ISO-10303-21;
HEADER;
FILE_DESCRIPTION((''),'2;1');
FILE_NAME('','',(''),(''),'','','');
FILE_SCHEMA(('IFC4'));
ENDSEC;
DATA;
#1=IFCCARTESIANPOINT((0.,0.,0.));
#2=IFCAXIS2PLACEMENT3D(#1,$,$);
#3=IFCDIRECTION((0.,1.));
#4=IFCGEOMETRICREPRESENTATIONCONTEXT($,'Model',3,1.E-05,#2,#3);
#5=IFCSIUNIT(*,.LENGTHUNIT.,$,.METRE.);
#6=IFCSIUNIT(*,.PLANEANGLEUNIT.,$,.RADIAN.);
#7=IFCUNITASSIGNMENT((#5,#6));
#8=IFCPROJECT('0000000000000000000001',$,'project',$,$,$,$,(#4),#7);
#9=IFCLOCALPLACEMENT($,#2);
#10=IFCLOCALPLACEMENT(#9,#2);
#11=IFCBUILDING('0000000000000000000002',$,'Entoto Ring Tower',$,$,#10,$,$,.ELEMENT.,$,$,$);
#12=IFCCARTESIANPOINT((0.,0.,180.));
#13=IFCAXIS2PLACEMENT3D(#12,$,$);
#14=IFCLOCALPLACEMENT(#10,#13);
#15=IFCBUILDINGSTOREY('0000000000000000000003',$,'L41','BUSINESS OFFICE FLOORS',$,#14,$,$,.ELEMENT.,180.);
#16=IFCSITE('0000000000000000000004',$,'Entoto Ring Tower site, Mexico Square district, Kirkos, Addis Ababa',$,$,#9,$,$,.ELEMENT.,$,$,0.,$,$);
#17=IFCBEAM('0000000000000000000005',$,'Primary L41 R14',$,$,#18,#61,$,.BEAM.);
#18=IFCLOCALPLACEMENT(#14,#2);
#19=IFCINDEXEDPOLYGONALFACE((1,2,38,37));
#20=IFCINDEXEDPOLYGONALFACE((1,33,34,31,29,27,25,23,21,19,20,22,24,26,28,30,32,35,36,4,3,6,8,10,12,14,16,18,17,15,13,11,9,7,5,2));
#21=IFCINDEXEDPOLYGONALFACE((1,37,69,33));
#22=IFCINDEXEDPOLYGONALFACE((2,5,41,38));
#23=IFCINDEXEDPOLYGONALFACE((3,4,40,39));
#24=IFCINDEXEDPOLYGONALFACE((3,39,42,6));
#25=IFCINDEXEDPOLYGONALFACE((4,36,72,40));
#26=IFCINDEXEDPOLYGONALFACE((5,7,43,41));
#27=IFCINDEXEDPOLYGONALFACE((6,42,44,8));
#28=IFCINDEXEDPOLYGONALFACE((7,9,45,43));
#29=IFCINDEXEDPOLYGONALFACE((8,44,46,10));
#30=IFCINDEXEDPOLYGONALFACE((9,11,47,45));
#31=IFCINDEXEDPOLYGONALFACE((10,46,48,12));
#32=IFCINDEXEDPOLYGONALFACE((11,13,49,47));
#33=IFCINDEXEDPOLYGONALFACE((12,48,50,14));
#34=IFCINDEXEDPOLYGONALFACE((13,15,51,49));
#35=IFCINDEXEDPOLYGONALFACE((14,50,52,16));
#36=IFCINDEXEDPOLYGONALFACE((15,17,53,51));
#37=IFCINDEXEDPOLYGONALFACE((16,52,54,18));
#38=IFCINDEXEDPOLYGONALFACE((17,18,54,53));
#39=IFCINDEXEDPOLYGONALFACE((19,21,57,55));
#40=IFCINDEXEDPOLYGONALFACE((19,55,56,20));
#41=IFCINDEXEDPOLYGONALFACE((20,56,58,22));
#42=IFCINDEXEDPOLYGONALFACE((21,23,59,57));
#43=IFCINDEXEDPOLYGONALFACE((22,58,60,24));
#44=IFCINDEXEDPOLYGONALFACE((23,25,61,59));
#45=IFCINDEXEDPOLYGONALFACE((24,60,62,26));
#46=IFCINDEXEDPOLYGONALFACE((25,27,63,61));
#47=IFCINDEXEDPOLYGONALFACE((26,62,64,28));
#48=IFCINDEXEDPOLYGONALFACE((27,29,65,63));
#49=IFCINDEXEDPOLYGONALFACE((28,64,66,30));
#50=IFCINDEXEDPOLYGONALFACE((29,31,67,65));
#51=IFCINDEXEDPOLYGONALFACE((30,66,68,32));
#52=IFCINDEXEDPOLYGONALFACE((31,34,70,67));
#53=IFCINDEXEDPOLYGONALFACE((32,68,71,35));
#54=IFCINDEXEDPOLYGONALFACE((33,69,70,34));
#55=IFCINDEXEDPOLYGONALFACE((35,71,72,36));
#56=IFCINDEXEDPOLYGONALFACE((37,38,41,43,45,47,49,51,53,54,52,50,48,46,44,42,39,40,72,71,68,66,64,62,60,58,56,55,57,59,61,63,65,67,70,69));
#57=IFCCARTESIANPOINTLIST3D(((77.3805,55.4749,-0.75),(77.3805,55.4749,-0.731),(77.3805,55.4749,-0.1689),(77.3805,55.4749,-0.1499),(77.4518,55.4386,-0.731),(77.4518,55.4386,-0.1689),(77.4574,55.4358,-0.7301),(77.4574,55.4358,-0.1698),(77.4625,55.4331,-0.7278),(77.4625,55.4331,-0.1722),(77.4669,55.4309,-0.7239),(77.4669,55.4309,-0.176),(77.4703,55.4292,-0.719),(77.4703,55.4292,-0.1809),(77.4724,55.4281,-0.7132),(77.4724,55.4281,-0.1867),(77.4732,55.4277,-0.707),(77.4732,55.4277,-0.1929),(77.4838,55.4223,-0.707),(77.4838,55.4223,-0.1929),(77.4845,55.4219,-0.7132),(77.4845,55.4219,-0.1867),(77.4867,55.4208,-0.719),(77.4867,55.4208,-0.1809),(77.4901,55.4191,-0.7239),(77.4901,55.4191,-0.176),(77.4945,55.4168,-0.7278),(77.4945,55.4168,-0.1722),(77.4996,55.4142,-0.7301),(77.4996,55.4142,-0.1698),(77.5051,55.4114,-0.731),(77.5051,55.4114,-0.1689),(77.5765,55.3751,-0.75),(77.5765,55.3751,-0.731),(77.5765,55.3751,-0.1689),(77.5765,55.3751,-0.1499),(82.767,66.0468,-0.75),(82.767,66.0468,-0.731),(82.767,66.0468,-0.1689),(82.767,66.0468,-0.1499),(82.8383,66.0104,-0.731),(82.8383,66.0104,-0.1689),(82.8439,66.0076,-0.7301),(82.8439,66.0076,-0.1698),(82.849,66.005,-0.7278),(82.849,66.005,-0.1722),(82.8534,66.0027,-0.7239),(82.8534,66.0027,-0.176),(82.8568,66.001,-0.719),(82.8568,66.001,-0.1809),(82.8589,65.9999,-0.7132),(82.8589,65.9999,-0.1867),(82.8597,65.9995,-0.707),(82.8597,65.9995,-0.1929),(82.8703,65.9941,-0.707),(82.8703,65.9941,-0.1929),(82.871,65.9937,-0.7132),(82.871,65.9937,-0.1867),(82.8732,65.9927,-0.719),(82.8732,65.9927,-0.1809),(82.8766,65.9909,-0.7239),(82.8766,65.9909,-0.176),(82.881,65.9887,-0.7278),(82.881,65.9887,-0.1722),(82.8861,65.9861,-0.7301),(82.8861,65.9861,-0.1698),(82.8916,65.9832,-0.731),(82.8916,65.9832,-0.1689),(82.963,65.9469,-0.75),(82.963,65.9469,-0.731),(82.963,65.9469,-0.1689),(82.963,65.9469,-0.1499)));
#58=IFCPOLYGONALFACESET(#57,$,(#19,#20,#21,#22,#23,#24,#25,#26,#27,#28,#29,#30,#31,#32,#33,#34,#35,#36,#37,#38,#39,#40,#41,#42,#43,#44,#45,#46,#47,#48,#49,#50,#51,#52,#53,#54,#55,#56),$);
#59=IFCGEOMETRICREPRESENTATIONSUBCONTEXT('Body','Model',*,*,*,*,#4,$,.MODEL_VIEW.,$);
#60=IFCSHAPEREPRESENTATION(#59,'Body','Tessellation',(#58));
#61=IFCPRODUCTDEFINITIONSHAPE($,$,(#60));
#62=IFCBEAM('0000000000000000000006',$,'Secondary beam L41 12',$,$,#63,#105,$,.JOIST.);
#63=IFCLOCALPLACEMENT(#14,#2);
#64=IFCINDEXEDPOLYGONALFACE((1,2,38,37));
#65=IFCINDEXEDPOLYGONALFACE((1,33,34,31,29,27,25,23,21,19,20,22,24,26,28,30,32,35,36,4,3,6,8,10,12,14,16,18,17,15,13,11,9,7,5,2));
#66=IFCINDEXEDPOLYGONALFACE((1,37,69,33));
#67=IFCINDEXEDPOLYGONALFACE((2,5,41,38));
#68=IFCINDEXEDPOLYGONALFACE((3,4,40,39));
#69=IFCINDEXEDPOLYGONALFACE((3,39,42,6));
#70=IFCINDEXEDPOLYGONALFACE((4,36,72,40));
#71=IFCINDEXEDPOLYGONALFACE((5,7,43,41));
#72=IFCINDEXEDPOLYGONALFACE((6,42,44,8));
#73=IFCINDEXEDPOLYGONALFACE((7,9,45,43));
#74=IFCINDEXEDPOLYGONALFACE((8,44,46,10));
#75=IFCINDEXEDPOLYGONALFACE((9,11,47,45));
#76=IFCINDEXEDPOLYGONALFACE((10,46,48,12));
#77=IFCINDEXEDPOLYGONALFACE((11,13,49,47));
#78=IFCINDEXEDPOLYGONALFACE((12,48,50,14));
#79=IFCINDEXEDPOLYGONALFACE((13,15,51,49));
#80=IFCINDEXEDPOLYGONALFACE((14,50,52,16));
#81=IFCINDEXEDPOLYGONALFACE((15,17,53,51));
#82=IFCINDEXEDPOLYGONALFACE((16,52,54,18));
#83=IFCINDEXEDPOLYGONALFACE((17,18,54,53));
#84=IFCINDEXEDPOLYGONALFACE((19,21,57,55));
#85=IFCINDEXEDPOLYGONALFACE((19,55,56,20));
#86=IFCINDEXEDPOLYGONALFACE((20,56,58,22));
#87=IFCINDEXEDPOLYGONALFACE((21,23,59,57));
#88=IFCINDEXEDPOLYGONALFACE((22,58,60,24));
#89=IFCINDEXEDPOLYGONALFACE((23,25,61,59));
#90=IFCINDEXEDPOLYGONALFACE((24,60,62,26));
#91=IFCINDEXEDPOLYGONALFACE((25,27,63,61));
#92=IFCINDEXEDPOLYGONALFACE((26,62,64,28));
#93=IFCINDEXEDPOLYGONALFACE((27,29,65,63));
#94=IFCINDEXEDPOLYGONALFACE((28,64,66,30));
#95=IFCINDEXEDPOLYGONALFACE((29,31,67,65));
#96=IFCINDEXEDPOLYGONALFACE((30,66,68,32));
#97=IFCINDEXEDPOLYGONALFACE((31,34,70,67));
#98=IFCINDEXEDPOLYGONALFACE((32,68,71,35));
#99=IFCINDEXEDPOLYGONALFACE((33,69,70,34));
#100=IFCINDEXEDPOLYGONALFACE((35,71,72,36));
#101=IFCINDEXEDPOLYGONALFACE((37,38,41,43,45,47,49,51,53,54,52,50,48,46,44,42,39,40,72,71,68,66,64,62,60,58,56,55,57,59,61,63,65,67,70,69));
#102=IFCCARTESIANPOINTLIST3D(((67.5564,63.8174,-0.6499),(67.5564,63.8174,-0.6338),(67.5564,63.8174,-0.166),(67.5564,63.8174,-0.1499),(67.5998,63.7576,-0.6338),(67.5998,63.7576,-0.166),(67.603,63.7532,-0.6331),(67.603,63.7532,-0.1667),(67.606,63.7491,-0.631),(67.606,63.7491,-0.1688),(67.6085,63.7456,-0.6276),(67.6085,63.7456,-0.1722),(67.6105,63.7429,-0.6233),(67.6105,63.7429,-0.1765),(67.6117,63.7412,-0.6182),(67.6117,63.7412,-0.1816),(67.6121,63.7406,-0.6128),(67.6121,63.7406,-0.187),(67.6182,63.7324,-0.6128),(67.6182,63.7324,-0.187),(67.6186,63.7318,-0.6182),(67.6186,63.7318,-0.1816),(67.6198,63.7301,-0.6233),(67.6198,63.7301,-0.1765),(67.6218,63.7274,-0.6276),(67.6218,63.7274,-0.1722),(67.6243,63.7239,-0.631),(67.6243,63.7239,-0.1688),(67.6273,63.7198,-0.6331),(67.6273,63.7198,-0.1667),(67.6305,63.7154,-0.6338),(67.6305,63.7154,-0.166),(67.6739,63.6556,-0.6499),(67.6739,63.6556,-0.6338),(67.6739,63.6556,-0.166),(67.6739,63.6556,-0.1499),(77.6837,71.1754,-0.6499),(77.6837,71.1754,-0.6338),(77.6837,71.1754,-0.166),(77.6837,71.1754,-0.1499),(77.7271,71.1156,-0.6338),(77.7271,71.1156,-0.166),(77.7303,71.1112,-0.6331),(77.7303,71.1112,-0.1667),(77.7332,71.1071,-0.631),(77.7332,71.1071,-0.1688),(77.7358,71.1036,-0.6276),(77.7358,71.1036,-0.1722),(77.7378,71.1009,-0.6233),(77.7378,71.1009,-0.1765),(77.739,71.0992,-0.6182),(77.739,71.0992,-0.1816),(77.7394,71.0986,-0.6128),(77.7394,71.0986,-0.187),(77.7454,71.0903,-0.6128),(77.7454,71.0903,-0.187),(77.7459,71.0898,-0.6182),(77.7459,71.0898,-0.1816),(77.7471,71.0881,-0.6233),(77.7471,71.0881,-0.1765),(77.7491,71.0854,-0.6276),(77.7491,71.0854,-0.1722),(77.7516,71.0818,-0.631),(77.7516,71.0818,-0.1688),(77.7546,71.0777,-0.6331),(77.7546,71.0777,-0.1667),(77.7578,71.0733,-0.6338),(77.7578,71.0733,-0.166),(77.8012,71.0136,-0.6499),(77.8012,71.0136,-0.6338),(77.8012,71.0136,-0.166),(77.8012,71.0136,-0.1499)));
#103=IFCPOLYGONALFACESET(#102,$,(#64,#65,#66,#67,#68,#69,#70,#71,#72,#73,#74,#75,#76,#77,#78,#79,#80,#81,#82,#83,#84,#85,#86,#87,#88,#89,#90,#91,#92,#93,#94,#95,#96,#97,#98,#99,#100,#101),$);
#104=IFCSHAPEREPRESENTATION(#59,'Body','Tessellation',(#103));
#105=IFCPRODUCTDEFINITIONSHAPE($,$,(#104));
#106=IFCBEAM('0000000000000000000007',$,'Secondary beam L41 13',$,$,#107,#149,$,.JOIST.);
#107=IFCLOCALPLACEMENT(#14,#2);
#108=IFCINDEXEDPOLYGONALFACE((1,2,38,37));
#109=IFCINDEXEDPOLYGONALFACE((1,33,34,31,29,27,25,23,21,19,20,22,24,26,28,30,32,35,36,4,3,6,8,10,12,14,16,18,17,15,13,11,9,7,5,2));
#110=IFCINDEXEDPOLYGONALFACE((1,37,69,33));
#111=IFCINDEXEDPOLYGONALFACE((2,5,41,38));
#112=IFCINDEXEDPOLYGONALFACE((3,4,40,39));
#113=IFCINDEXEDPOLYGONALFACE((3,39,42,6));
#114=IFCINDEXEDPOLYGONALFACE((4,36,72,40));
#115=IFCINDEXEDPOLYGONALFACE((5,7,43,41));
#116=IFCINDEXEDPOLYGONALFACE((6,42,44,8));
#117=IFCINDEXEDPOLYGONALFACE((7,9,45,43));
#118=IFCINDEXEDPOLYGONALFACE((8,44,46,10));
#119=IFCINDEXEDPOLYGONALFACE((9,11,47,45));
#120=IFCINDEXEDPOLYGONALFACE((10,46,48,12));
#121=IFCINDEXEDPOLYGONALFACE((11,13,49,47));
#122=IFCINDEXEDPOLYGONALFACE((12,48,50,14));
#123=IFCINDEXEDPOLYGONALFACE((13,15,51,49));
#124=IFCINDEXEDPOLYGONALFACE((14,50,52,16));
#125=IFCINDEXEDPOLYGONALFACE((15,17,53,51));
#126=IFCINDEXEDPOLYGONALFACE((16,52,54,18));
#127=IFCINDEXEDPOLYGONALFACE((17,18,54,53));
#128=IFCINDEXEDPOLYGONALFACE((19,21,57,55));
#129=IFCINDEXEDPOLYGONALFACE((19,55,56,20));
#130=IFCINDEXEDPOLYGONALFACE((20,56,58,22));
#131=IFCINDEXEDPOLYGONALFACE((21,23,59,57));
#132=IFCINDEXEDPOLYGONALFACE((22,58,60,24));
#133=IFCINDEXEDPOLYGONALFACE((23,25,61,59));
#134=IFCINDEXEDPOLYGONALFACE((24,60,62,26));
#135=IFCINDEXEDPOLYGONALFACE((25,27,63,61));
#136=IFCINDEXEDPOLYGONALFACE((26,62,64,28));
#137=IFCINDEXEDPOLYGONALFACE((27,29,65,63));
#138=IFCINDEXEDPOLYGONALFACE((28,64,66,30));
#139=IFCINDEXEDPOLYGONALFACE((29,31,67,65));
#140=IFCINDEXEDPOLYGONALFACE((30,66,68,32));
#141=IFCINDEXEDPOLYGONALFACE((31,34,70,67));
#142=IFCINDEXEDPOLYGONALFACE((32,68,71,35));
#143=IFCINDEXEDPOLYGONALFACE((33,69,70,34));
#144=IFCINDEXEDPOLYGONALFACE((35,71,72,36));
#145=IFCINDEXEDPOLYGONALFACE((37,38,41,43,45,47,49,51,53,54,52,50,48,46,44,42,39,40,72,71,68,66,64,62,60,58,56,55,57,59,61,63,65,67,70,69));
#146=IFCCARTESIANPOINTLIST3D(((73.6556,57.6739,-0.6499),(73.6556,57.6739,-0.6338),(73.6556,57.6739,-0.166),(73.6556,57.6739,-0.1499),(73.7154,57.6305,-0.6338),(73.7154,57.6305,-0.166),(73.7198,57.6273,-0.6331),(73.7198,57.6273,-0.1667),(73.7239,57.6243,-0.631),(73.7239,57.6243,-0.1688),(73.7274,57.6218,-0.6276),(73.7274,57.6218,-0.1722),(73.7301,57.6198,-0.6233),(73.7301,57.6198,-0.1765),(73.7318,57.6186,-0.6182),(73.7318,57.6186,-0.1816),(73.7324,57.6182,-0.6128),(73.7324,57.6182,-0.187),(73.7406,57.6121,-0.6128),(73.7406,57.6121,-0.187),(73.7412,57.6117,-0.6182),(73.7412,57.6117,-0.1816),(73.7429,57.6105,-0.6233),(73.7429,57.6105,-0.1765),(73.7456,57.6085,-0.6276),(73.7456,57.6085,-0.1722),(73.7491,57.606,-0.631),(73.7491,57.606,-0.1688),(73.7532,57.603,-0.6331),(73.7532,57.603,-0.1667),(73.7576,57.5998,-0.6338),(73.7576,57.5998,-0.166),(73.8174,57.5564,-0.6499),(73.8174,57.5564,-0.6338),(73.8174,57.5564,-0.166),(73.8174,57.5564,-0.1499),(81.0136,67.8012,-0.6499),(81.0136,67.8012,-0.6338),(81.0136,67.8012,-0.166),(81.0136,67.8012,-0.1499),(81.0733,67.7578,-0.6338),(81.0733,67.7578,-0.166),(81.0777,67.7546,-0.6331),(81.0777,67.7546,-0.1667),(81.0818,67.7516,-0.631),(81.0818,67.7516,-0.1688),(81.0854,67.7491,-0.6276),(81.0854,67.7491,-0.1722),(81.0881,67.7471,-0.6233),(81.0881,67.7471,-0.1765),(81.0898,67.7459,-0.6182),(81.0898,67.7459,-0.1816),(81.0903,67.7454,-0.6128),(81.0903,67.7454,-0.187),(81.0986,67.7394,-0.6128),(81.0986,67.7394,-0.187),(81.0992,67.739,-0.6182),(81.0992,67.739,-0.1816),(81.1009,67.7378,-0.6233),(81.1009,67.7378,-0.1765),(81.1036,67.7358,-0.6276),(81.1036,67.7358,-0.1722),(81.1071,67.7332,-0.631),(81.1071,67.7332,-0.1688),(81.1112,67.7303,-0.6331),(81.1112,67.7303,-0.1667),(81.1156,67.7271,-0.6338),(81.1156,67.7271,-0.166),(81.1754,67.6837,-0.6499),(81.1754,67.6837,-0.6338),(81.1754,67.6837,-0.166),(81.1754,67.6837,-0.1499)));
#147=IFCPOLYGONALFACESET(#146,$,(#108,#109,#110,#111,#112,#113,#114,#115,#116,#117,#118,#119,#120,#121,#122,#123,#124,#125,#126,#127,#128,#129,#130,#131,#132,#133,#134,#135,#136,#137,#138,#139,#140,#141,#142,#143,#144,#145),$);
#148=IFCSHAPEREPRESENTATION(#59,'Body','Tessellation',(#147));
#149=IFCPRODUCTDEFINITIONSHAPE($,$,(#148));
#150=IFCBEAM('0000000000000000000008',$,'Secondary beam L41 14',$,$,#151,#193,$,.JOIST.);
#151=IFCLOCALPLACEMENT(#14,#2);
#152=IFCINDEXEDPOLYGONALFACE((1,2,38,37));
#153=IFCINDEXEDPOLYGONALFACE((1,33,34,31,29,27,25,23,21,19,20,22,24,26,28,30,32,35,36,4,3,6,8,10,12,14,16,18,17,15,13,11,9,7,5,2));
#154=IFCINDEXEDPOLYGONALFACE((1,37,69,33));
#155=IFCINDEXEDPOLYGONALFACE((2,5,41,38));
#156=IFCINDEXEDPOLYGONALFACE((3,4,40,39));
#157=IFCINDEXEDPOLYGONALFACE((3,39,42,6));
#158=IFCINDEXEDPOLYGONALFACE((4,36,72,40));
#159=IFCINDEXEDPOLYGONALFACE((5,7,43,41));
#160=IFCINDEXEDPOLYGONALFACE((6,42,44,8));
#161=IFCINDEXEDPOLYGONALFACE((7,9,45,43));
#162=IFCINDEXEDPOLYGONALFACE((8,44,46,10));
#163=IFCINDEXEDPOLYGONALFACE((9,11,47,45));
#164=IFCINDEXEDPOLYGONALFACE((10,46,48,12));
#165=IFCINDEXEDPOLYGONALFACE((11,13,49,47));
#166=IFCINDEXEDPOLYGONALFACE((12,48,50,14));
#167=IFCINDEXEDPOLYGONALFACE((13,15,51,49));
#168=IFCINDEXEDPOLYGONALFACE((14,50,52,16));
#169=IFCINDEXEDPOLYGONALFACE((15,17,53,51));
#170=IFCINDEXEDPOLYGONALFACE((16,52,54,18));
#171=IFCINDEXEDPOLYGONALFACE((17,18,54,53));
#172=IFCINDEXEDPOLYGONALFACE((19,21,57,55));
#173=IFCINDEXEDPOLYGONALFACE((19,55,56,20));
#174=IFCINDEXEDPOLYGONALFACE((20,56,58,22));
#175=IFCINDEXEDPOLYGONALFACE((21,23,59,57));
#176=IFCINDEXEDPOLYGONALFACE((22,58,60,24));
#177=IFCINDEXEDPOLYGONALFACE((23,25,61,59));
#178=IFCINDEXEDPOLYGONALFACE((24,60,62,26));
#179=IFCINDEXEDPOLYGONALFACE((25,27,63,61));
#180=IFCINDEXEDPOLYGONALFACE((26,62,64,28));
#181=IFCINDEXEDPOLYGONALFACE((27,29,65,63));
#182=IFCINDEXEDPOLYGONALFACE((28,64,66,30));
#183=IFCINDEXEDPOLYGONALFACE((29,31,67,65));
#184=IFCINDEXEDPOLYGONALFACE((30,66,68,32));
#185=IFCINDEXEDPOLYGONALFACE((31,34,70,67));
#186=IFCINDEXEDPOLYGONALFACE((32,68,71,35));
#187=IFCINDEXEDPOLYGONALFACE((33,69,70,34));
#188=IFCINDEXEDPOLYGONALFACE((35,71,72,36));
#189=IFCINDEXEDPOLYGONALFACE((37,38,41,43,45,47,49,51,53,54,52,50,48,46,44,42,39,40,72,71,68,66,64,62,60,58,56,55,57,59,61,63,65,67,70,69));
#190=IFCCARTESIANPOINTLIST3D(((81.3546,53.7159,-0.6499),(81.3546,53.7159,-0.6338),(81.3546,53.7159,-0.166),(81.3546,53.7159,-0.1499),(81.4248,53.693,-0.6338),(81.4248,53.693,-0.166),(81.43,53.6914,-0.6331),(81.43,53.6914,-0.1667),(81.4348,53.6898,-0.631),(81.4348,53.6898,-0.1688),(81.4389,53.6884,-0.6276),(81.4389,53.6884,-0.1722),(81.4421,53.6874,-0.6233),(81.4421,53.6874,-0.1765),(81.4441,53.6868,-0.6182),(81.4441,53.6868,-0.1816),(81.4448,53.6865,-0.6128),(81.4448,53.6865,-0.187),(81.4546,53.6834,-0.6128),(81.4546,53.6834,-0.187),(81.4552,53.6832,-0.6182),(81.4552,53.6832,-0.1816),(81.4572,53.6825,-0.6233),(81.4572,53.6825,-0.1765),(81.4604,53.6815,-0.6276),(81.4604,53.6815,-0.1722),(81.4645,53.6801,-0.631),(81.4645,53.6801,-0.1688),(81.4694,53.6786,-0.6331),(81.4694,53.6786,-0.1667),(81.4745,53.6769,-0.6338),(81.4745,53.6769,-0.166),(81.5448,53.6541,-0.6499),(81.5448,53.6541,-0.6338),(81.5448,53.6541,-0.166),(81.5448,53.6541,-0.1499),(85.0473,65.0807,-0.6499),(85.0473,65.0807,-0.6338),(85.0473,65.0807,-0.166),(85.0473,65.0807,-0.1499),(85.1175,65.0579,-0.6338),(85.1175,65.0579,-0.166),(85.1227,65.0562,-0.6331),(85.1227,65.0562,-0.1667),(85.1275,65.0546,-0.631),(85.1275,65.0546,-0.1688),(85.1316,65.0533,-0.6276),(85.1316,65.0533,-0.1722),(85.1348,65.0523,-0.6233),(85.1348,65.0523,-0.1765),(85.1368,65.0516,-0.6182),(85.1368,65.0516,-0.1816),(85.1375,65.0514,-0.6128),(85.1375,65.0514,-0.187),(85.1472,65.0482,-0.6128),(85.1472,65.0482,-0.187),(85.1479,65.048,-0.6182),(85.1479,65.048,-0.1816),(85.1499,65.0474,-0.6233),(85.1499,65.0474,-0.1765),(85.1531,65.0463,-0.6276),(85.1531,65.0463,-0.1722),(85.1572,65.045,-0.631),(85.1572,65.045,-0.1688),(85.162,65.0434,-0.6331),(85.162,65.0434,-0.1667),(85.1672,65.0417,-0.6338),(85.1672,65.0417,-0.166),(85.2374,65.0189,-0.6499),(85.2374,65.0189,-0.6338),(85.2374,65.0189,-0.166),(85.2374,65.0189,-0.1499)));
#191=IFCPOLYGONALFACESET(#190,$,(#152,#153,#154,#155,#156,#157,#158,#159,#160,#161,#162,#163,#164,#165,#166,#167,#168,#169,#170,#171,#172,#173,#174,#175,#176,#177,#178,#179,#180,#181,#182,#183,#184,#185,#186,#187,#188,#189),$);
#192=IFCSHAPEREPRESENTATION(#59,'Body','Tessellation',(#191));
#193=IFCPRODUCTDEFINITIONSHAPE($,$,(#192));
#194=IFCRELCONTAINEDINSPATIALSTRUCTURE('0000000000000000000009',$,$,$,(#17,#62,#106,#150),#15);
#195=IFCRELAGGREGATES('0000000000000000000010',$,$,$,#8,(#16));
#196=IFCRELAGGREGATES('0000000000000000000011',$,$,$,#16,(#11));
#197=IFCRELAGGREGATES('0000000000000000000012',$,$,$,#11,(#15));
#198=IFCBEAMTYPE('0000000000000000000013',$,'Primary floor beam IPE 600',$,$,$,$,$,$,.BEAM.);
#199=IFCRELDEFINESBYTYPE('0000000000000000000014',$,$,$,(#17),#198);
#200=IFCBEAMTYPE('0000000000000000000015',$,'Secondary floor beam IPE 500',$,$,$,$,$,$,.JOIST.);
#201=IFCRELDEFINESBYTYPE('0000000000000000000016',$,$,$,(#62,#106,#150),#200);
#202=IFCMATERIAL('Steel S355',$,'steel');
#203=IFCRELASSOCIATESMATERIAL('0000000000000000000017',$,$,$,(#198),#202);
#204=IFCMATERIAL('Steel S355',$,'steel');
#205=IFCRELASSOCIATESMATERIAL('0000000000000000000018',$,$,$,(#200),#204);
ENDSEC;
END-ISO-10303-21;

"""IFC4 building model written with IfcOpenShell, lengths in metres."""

from ifc_helpers import new_model, si_unit, direction, frame, origin, origin_2d, place, context, subcontext, project, spatial, i_section, extrude, material, material_profile, profile_set, type_object, element, save


model = new_model("IFC4")

# Units and contexts
model_context = context("Model", 3, precision=1e-05, world=origin(), true_north=direction((0.0, 1.0)))
body_context = subcontext(model_context, "Body", "Model", "MODEL_VIEW")
ifc_project = project(units=[si_unit("LENGTHUNIT", "METRE"), si_unit("PLANEANGLEUNIT", "RADIAN")], contexts=[model_context])

# Site, building, storey
site_placement = place(None, origin())
site = spatial("IfcSite", under=ifc_project, at=site_placement, Name="Entoto Ring Tower site, Mexico Square district, Kirkos, Addis Ababa", CompositionType="ELEMENT", RefElevation=0.0)
building_placement = place(site_placement, origin())
building = spatial("IfcBuilding", under=site, at=building_placement, Name="Entoto Ring Tower", CompositionType="ELEMENT")
storey_placement = place(building_placement, frame((0.0, 0.0, 180.0)))
storey = spatial("IfcBuildingStorey", under=building, at=storey_placement, Name="L41", Description="BUSINESS OFFICE FLOORS", CompositionType="ELEMENT", Elevation=180.0)

# Beams
ifc_material_1 = material(Name="Steel S355", Category="steel")
ifc_material_profile_1 = material_profile(ifc_material_1, i_section(OverallWidth=0.22, OverallDepth=0.6001, WebThickness=0.012, FlangeThickness=0.019, FilletRadius=0.0239, at=origin_2d()), Name="IPE 600")
ifc_profile_set_1 = profile_set([ifc_material_profile_1], Name="Steel S355")
beam_type_1 = type_object("IfcBeamType", Name="Primary floor beam IPE 600", PredefinedType="BEAM", material=ifc_profile_set_1)
beam_1_placement = place(storey_placement, frame((82.865, 65.9968, -0.45), z_axis=(-0.453983, -0.89101, 0.0), x_axis=(0.89101, -0.453983, 0.0)))
element("IfcBeam", 1, at=beam_1_placement, inside=storey, type_object=beam_type_1, Name="Primary L41 R14", PredefinedType="BEAM", context=body_context, shape_type="SweptSolid", body=[
    extrude(i_section(OverallWidth=0.22, OverallDepth=0.6001, WebThickness=0.012, FlangeThickness=0.019, FilletRadius=0.0239, at=origin_2d()), origin(), (0.0, 0.0, 1.0), 11.865),
])
ifc_material_2 = material(Name="Steel S355", Category="steel")
ifc_material_profile_2 = material_profile(ifc_material_2, i_section(OverallWidth=0.2, OverallDepth=0.5, WebThickness=0.0103, FlangeThickness=0.0161, FilletRadius=0.021, at=origin_2d()), Name="IPE 500")
ifc_profile_set_2 = profile_set([ifc_material_profile_2], Name="Steel S355")
beam_type_2 = type_object("IfcBeamType", Name="Secondary floor beam IPE 500", PredefinedType="JOIST", material=ifc_profile_set_2)
for number, where, z_axis, x_axis, name in (
    (2, (77.7424, 71.0945, -0.3999), (-0.809014, -0.587789, 0.0), (0.587789, -0.809014, 0.0), "Secondary beam L41 12"),
    (3, (81.0945, 67.7424, -0.3999), (-0.587789, -0.809014, 0.0), (0.809014, -0.587789, 0.0), "Secondary beam L41 13"),
):
    element("IfcBeam", number, at=place(storey_placement, frame(where, z_axis=z_axis, x_axis=x_axis)), inside=storey, type_object=beam_type_2, Name=name, PredefinedType="JOIST", context=body_context, shape_type="SweptSolid", body=[
        extrude(i_section(OverallWidth=0.2, OverallDepth=0.5, WebThickness=0.0103, FlangeThickness=0.0161, FilletRadius=0.021, at=origin_2d()), origin(), (0.0, 0.0, 1.0), 12.5181),
    ])
beam_2_placement = place(storey_placement, frame((85.1423, 65.0498, -0.3999), z_axis=(-0.309017, -0.951057, 0.0), x_axis=(0.951057, -0.309017, 0.0)))
element("IfcBeam", 4, at=beam_2_placement, inside=storey, type_object=beam_type_2, Name="Secondary beam L41 14", PredefinedType="JOIST", context=body_context, shape_type="SweptSolid", body=[
    extrude(i_section(OverallWidth=0.2, OverallDepth=0.5, WebThickness=0.0103, FlangeThickness=0.0161, FilletRadius=0.021, at=origin_2d()), origin(), (0.0, 0.0, 1.0), 11.9497),
])

save(model, "model.ifc")
